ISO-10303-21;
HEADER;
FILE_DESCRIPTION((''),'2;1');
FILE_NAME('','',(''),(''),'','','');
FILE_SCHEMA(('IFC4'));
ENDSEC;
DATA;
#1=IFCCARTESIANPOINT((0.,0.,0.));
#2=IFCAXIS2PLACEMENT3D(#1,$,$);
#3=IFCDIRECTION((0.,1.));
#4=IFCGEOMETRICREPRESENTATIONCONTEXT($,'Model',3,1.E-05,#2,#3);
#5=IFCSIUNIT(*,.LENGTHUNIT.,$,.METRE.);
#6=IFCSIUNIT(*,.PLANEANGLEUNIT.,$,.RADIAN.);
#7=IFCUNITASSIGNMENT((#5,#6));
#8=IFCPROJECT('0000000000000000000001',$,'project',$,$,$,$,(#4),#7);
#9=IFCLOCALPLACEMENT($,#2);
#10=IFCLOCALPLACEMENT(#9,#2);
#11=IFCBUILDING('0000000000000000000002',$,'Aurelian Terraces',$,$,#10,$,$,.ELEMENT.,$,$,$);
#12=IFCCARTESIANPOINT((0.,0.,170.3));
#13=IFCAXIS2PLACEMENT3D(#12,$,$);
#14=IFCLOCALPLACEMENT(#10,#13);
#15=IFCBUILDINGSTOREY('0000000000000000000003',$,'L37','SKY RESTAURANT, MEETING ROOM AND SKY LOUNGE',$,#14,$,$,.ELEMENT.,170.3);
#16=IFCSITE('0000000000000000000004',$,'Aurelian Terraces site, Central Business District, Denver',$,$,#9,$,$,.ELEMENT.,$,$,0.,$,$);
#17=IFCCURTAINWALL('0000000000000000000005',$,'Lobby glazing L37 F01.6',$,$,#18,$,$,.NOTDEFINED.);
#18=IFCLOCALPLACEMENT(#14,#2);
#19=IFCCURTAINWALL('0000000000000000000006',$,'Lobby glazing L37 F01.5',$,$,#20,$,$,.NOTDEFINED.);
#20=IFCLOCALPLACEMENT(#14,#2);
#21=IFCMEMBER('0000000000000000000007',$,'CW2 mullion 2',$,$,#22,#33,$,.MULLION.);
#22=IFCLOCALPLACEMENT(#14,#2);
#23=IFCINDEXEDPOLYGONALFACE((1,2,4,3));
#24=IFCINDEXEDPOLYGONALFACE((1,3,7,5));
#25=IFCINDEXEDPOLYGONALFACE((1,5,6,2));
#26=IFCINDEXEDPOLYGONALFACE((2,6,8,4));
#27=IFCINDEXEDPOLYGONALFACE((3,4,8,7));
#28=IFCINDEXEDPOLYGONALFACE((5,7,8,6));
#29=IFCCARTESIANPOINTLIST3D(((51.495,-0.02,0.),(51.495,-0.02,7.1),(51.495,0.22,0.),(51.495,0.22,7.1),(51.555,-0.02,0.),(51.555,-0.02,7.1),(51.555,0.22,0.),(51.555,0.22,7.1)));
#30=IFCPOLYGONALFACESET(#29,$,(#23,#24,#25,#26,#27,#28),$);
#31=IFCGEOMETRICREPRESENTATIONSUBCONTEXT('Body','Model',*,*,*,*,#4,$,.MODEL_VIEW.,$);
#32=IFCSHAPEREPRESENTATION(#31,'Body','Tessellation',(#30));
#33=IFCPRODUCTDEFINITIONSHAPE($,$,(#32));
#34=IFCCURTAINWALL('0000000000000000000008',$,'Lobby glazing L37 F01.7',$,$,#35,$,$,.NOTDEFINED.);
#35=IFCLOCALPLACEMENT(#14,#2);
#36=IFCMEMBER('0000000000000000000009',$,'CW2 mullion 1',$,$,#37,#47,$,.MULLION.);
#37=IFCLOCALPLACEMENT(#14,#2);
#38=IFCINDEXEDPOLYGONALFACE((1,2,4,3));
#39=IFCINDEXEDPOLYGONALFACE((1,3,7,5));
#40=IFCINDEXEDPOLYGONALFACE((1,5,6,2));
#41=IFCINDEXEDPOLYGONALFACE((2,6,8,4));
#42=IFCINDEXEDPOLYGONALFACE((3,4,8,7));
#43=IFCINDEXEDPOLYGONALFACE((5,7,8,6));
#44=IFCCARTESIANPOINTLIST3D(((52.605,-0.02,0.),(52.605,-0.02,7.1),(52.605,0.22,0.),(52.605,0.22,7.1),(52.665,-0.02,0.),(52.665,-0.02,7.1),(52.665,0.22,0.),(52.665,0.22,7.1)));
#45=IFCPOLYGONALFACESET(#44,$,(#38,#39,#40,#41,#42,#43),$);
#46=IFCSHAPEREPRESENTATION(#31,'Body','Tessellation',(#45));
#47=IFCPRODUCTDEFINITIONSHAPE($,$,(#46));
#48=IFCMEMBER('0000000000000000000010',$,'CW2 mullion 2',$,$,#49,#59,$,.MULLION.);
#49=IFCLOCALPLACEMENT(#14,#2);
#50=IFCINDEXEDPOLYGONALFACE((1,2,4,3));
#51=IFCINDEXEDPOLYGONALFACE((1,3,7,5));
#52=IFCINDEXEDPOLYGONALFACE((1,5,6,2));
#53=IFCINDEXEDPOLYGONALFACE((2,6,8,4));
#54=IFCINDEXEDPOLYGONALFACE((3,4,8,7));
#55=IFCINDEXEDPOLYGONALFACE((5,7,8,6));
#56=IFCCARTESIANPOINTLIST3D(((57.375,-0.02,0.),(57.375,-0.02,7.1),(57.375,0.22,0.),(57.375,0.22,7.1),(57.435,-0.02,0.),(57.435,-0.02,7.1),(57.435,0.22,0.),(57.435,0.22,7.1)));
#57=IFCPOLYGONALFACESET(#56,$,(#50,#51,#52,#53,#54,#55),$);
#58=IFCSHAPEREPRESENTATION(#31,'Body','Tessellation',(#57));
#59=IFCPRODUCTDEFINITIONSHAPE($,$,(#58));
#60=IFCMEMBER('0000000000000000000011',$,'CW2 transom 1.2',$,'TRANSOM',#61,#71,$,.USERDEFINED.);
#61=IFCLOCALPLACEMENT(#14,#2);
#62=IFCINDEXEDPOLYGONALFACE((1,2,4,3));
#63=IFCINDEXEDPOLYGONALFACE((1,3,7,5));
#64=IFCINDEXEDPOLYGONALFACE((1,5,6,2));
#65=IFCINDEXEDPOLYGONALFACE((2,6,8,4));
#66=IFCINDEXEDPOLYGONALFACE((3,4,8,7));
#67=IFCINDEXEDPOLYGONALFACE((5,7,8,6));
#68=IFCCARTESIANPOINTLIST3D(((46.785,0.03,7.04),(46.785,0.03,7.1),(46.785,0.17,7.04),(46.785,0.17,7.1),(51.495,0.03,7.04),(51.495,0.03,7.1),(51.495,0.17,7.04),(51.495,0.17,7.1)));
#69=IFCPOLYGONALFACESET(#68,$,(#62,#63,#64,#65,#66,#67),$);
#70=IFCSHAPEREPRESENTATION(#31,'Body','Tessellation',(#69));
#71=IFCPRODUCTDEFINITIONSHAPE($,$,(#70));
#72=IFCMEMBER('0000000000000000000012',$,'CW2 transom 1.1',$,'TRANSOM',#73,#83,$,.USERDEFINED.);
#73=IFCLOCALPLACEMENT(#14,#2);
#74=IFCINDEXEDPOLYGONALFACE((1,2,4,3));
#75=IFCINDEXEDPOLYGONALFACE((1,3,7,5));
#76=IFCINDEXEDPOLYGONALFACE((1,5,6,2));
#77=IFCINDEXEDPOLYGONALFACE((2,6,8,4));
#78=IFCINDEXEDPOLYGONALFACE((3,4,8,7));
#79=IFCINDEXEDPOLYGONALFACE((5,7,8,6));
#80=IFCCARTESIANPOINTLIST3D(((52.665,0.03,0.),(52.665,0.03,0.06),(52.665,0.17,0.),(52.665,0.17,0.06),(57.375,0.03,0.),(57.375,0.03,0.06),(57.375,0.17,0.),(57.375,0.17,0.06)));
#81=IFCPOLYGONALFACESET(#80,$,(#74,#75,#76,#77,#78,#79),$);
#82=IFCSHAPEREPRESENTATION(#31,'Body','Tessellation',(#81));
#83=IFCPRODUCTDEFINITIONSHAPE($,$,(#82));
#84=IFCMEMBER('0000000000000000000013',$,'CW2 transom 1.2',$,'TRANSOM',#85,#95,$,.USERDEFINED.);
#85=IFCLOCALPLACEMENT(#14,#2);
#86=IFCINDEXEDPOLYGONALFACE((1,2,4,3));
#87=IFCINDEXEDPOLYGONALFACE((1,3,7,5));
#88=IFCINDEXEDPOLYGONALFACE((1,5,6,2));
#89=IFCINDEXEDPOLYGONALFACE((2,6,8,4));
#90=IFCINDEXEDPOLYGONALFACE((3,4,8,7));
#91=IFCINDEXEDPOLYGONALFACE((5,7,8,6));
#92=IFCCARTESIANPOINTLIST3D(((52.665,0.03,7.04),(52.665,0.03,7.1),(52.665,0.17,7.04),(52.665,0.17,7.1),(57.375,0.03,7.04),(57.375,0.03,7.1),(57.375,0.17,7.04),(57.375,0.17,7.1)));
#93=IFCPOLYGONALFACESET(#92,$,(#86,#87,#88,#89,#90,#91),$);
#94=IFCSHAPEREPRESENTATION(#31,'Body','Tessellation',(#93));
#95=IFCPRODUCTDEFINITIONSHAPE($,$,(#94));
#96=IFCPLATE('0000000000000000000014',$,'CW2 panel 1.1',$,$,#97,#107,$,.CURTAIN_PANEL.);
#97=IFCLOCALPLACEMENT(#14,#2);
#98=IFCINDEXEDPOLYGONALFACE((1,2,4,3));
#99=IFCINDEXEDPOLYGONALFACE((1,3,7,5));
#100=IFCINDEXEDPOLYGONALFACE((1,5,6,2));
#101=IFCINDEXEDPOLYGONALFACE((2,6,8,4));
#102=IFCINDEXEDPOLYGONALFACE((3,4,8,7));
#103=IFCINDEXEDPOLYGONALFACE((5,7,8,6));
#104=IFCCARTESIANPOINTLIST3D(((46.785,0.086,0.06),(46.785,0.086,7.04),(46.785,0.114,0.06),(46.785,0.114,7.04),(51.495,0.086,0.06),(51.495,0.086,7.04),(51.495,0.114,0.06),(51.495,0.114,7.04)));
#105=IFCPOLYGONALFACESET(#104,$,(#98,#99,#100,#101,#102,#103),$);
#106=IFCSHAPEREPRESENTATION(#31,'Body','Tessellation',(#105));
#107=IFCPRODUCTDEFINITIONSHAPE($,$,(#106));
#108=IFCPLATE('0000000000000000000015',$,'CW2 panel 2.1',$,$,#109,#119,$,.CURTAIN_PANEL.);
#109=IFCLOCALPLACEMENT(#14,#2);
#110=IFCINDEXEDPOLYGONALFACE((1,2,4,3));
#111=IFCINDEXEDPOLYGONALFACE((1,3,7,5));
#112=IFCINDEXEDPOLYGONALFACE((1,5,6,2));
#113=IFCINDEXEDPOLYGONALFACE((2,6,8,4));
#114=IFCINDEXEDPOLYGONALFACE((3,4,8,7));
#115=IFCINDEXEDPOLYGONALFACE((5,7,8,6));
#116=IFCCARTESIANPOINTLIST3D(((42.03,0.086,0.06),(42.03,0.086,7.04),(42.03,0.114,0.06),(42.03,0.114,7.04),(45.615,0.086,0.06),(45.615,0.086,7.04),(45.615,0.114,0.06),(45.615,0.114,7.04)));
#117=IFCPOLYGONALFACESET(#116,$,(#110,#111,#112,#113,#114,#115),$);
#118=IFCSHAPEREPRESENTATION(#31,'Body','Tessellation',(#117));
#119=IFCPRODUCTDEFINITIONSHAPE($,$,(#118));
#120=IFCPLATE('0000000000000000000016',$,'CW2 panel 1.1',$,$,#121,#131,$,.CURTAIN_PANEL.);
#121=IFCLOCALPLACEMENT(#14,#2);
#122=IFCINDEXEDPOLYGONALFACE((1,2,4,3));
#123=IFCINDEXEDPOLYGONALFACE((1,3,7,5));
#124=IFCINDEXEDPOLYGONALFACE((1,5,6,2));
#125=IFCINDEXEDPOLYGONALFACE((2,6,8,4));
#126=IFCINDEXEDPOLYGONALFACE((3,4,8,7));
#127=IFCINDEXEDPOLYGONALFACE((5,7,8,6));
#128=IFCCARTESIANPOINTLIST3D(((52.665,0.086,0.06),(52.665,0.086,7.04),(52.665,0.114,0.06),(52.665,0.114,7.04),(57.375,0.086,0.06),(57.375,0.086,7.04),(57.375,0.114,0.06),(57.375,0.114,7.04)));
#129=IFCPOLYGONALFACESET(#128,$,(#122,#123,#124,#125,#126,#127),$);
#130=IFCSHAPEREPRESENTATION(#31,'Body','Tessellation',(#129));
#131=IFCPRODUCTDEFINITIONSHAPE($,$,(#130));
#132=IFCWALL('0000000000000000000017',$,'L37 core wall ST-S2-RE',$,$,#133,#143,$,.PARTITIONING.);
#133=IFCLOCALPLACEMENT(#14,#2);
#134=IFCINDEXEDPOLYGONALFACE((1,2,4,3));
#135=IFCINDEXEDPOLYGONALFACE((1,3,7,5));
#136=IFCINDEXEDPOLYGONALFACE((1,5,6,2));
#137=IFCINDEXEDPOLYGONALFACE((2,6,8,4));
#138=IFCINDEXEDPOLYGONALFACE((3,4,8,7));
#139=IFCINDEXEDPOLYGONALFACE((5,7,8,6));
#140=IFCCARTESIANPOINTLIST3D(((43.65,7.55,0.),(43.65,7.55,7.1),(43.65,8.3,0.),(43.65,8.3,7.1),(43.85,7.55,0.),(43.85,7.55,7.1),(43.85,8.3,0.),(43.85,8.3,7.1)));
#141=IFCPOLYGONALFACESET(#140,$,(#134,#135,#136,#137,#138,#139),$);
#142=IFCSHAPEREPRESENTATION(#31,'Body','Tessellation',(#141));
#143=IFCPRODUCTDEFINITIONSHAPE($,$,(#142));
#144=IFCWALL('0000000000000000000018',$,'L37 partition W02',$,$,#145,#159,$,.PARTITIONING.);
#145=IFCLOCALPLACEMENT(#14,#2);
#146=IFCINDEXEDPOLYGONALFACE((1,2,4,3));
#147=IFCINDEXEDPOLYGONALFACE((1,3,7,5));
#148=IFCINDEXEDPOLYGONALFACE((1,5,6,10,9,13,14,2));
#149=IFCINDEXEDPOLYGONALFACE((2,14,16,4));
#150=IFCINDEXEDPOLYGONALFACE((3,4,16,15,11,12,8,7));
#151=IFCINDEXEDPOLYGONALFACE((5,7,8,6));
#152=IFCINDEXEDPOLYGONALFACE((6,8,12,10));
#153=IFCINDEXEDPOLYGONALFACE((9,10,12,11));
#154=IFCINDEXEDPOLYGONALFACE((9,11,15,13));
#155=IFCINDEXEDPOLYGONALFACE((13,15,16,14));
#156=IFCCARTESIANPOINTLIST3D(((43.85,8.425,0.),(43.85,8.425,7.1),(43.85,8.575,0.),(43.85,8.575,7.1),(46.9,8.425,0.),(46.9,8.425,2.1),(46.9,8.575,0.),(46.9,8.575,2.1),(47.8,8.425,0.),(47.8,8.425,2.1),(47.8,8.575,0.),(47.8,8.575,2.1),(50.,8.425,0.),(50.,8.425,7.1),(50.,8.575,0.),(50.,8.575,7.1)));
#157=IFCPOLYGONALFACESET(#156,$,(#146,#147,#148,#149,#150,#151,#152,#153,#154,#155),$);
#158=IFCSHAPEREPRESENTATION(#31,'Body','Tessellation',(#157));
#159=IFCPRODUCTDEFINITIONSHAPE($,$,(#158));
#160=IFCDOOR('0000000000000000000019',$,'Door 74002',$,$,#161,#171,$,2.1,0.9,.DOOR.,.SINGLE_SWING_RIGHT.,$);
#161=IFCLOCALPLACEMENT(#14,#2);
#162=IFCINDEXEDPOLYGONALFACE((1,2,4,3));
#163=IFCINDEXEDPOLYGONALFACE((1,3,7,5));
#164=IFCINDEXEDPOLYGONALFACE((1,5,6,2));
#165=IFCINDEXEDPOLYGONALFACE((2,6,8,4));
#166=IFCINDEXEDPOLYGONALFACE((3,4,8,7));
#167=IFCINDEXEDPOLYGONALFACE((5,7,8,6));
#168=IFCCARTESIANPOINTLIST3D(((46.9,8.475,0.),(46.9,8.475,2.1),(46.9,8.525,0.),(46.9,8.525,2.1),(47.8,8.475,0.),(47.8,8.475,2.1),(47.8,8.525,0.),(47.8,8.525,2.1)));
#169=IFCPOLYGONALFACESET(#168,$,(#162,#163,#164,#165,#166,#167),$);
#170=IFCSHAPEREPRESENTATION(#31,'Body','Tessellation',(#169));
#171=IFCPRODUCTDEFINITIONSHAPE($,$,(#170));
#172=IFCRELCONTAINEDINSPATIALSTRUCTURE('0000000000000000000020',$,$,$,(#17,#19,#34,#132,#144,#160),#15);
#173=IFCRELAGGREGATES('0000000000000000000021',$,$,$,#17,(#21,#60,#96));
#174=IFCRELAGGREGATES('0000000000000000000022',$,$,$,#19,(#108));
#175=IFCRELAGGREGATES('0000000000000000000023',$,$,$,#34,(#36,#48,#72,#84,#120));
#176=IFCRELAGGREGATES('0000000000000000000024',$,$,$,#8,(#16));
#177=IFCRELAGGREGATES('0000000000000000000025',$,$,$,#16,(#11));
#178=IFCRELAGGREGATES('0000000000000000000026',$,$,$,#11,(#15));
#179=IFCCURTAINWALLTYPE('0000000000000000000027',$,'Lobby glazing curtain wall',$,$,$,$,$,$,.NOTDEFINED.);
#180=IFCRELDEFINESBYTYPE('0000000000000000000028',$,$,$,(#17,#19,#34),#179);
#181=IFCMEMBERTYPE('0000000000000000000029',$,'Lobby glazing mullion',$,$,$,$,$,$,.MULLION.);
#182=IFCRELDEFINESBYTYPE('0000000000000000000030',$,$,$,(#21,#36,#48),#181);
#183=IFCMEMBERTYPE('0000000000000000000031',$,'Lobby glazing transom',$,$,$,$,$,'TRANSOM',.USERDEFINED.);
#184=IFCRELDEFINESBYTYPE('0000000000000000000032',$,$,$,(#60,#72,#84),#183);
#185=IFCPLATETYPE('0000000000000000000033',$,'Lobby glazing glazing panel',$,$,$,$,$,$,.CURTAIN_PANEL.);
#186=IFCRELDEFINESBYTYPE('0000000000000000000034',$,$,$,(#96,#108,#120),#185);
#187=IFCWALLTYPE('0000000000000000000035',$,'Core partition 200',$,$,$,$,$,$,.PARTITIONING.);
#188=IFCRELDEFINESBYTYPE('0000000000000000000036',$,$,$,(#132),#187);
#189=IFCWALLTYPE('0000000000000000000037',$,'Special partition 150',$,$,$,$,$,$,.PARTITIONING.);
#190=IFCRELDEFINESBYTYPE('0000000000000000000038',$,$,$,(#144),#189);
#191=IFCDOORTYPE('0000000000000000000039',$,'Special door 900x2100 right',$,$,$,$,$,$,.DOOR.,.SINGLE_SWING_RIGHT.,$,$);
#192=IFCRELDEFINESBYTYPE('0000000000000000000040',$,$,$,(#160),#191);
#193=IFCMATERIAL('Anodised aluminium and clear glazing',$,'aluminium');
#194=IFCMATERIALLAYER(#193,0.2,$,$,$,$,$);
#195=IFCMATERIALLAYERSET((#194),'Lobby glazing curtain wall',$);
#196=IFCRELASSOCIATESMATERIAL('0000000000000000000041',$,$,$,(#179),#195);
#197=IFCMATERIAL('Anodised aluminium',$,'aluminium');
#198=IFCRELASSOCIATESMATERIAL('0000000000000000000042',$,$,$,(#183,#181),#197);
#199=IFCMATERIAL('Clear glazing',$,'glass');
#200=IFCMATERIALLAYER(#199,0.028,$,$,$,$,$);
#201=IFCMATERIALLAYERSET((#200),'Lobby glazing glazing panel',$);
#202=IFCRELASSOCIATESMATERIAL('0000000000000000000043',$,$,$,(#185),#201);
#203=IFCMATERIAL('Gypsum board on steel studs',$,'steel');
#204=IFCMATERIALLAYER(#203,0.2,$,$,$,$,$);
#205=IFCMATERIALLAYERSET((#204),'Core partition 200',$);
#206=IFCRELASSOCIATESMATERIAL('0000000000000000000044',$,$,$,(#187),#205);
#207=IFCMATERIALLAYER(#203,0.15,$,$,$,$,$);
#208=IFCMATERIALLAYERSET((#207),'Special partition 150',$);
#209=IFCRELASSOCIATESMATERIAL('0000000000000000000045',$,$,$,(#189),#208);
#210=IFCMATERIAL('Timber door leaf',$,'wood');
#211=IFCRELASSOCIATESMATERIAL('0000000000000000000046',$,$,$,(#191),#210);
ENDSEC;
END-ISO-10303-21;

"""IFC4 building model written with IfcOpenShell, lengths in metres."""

from ifc_helpers import new_model, si_unit, direction, frame, frame_2d, origin, origin_2d, place, context, subcontext, project, spatial, rectangle, extrude, source, transform, mapped, material, layer, layer_set, material_profile, profile_set, type_object, element, fill, aggregate, save


model = new_model("IFC4")

# Units and contexts
model_context = context("Model", 3, precision=1e-05, world=origin(), true_north=direction((0.0, 1.0)))
body_context = subcontext(model_context, "Body", "Model", "MODEL_VIEW")
ifc_project = project(units=[si_unit("LENGTHUNIT", "METRE"), si_unit("PLANEANGLEUNIT", "RADIAN")], contexts=[model_context])

# Site, building, storey
site_placement = place(None, origin())
site = spatial("IfcSite", under=ifc_project, at=site_placement, Name="Aurelian Terraces site, Central Business District, Denver", CompositionType="ELEMENT", RefElevation=0.0)
building_placement = place(site_placement, origin())
building = spatial("IfcBuilding", under=site, at=building_placement, Name="Aurelian Terraces", CompositionType="ELEMENT")
storey_placement = place(building_placement, frame((0.0, 0.0, 170.3)))
storey = spatial("IfcBuildingStorey", under=building, at=storey_placement, Name="L37", Description="SKY RESTAURANT, MEETING ROOM AND SKY LOUNGE", CompositionType="ELEMENT", Elevation=170.3)

# Curtain wall
ifc_material_1 = material(Name="Anodised aluminium and clear glazing", Category="aluminium")
ifc_layer_1 = layer(ifc_material_1, 0.2)
ifc_layer_set_1 = layer_set([ifc_layer_1], Name="Lobby glazing curtain wall")
curtain_wall_type = type_object("IfcCurtainWallType", Name="Lobby glazing curtain wall", PredefinedType="NOTDEFINED", material=ifc_layer_set_1)
curtain_wall_1_placement = place(storey_placement, origin())
curtain_wall_1 = element("IfcCurtainWall", 1, at=curtain_wall_1_placement, inside=storey, type_object=curtain_wall_type, Name="Lobby glazing L37 F01.6", PredefinedType="NOTDEFINED")
ifc_material_2 = material(Name="Anodised aluminium", Category="aluminium")
ifc_material_profile_1 = material_profile(ifc_material_2, rectangle(XDim=0.14, YDim=0.06, at=origin_2d()))
ifc_profile_set_1 = profile_set([ifc_material_profile_1], Name="Anodised aluminium")
member_type_1 = type_object("IfcMemberType", Name="Lobby glazing transom", ElementType="TRANSOM", PredefinedType="USERDEFINED", material=ifc_profile_set_1)

# Curtain wall
curtain_wall_2_placement = place(storey_placement, origin())
curtain_wall_2 = element("IfcCurtainWall", 2, at=curtain_wall_2_placement, inside=storey, type_object=curtain_wall_type, Name="Lobby glazing L37 F01.5", PredefinedType="NOTDEFINED")
ifc_material_profile_2 = material_profile(ifc_material_2, rectangle(XDim=0.24, YDim=0.06, at=origin_2d()))
ifc_profile_set_2 = profile_set([ifc_material_profile_2], Name="Anodised aluminium")
member_type_2 = type_object("IfcMemberType", Name="Lobby glazing mullion", PredefinedType="MULLION", material=ifc_profile_set_2)
shared_shape_1 = source(origin(), body_context, "Body", "SweptSolid", [
    extrude(rectangle(XDim=0.24, YDim=0.06, at=origin_2d()), origin(), (0.0, 0.0, 1.0), 7.1),
])

# Member
member_1_placement = place(storey_placement, frame((51.525, 0.1, 0.0), z_axis=(0.0, 0.0, 1.0), x_axis=(0.0, 1.0, 0.0)))
member_1 = element("IfcMember", 3, at=member_1_placement, type_object=member_type_2, Name="CW2 mullion 2", PredefinedType="MULLION", context=body_context, shape_type="MappedRepresentation", body=[
    mapped(shared_shape_1, transform((0.0, 0.0, 0.0), scale=1.0)),
])

# Curtain wall, members
curtain_wall_3_placement = place(storey_placement, origin())
curtain_wall_3 = element("IfcCurtainWall", 4, at=curtain_wall_3_placement, inside=storey, type_object=curtain_wall_type, Name="Lobby glazing L37 F01.7", PredefinedType="NOTDEFINED")
member_2_placement = place(storey_placement, frame((52.635, 0.1, 0.0), z_axis=(0.0, 0.0, 1.0), x_axis=(0.0, 1.0, 0.0)))
member_2 = element("IfcMember", 5, at=member_2_placement, type_object=member_type_2, Name="CW2 mullion 1", PredefinedType="MULLION", context=body_context, shape_type="MappedRepresentation", body=[
    mapped(shared_shape_1, transform((0.0, 0.0, 0.0), scale=1.0)),
])
member_3_placement = place(storey_placement, frame((57.405, 0.1, 0.0), z_axis=(0.0, 0.0, 1.0), x_axis=(0.0, 1.0, 0.0)))
member_3 = element("IfcMember", 6, at=member_3_placement, type_object=member_type_2, Name="CW2 mullion 2", PredefinedType="MULLION", context=body_context, shape_type="MappedRepresentation", body=[
    mapped(shared_shape_1, transform((0.0, 0.0, 0.0), scale=1.0)),
])

# Members
shared_shape_2 = source(origin(), body_context, "Body", "SweptSolid", [
    extrude(rectangle(XDim=0.14, YDim=0.06, at=origin_2d()), origin(), (0.0, 0.0, 1.0), 4.71),
])
member_4_placement = place(storey_placement, frame((46.785, 0.1, 7.07), z_axis=(1.0, 0.0, 0.0), x_axis=(0.0, 1.0, 0.0)))
member_4 = element("IfcMember", 7, at=member_4_placement, type_object=member_type_1, Name="CW2 transom 1.2", ObjectType="TRANSOM", PredefinedType="USERDEFINED", context=body_context, shape_type="MappedRepresentation", body=[
    mapped(shared_shape_2, transform((0.0, 0.0, 0.0), scale=1.0)),
])
member_5_placement = place(storey_placement, frame((52.665, 0.1, 0.03), z_axis=(1.0, 0.0, 0.0), x_axis=(0.0, 1.0, 0.0)))
member_5 = element("IfcMember", 8, at=member_5_placement, type_object=member_type_1, Name="CW2 transom 1.1", ObjectType="TRANSOM", PredefinedType="USERDEFINED", context=body_context, shape_type="MappedRepresentation", body=[
    mapped(shared_shape_2, transform((0.0, 0.0, 0.0), scale=1.0)),
])
member_6_placement = place(storey_placement, frame((52.665, 0.1, 7.07), z_axis=(1.0, 0.0, 0.0), x_axis=(0.0, 1.0, 0.0)))
member_6 = element("IfcMember", 9, at=member_6_placement, type_object=member_type_1, Name="CW2 transom 1.2", ObjectType="TRANSOM", PredefinedType="USERDEFINED", context=body_context, shape_type="MappedRepresentation", body=[
    mapped(shared_shape_2, transform((0.0, 0.0, 0.0), scale=1.0)),
])

# Plates
ifc_material_3 = material(Name="Clear glazing", Category="glass")
ifc_layer_2 = layer(ifc_material_3, 0.028)
ifc_layer_set_2 = layer_set([ifc_layer_2], Name="Lobby glazing glazing panel")
plate_type = type_object("IfcPlateType", Name="Lobby glazing glazing panel", PredefinedType="CURTAIN_PANEL", material=ifc_layer_set_2)
plate_1_placement = place(storey_placement, frame((49.14, 0.1, 0.06), z_axis=(0.0, 0.0, 1.0), x_axis=(1.0, 0.0, 0.0)))
plate_1 = element("IfcPlate", 10, at=plate_1_placement, type_object=plate_type, Name="CW2 panel 1.1", PredefinedType="CURTAIN_PANEL", context=body_context, shape_type="SweptSolid", body=[
    extrude(rectangle(XDim=4.71, YDim=0.028, at=origin_2d()), origin(), (0.0, 0.0, 1.0), 6.98),
])
aggregate(curtain_wall_1, [member_1, member_4, plate_1])
shared_shape_3 = source(origin(), body_context, "Body", "SweptSolid", [
    extrude(rectangle(XDim=3.585, YDim=0.028, at=origin_2d()), origin(), (0.0, 0.0, 1.0), 6.98),
])
plate_2_placement = place(storey_placement, frame((43.8225, 0.1, 0.06), z_axis=(0.0, 0.0, 1.0), x_axis=(1.0, 0.0, 0.0)))
plate_2 = element("IfcPlate", 11, at=plate_2_placement, type_object=plate_type, Name="CW2 panel 2.1", PredefinedType="CURTAIN_PANEL", context=body_context, shape_type="MappedRepresentation", body=[
    mapped(shared_shape_3, transform((0.0, 0.0, 0.0), scale=1.0)),
])
aggregate(curtain_wall_2, [plate_2])
shared_shape_4 = source(origin(), body_context, "Body", "SweptSolid", [
    extrude(rectangle(XDim=4.71, YDim=0.028, at=origin_2d()), origin(), (0.0, 0.0, 1.0), 6.98),
])
plate_3_placement = place(storey_placement, frame((55.02, 0.1, 0.06), z_axis=(0.0, 0.0, 1.0), x_axis=(1.0, 0.0, 0.0)))
plate_3 = element("IfcPlate", 12, at=plate_3_placement, type_object=plate_type, Name="CW2 panel 1.1", PredefinedType="CURTAIN_PANEL", context=body_context, shape_type="MappedRepresentation", body=[
    mapped(shared_shape_4, transform((0.0, 0.0, 0.0), scale=1.0)),
])
aggregate(curtain_wall_3, [member_2, member_3, member_5, member_6, plate_3])

# Wall
ifc_material_4 = material(Name="Gypsum board on steel studs", Category="steel")
ifc_layer_3 = layer(ifc_material_4, 0.2)
ifc_layer_set_3 = layer_set([ifc_layer_3], Name="Core partition 200")
wall_type_1 = type_object("IfcWallType", Name="Core partition 200", PredefinedType="PARTITIONING", material=ifc_layer_set_3)
wall_1_placement = place(storey_placement, frame((43.75, 7.55, 0.0), z_axis=(0.0, 0.0, 1.0), x_axis=(0.0, 1.0, 0.0)))
element("IfcWall", 13, at=wall_1_placement, inside=storey, type_object=wall_type_1, Name="L37 core wall ST-S2-RE", PredefinedType="PARTITIONING", context=body_context, shape_type="SweptSolid", body=[
    extrude(rectangle(XDim=0.75, YDim=0.2, at=frame_2d((0.375, 0.0))), origin(), (0.0, 0.0, 1.0), 7.1),
])

# Wall, opening, door
ifc_layer_4 = layer(ifc_material_4, 0.15)
ifc_layer_set_4 = layer_set([ifc_layer_4], Name="Special partition 150")
wall_type_2 = type_object("IfcWallType", Name="Special partition 150", PredefinedType="PARTITIONING", material=ifc_layer_set_4)
wall_2_placement = place(storey_placement, frame((43.85, 8.5, 0.0), z_axis=(0.0, 0.0, 1.0), x_axis=(1.0, 0.0, 0.0)))
wall_2 = element("IfcWall", 14, at=wall_2_placement, inside=storey, type_object=wall_type_2, Name="L37 partition W02", PredefinedType="PARTITIONING", context=body_context, shape_type="SweptSolid", body=[
    extrude(rectangle(XDim=6.15, YDim=0.15, at=frame_2d((3.075, 0.0))), origin(), (0.0, 0.0, 1.0), 7.1),
])
shared_shape_5 = source(origin(), body_context, "Body", "SweptSolid", [
    extrude(rectangle(XDim=0.9, YDim=2.1, at=frame_2d((0.45, 1.05))), frame((0.0, 0.085, 0.0), z_axis=(0.0, -1.0, 0.0), x_axis=(1.0, 0.0, 0.0)), (0.0, 0.0, 1.0), 0.17),
])
opening_placement = place(wall_2_placement, frame((3.05, 0.0, 0.0)))
opening = element("IfcOpeningElement", 15, at=opening_placement, cuts=wall_2, PredefinedType="OPENING", context=body_context, shape_type="MappedRepresentation", body=[
    mapped(shared_shape_5, transform((0.0, 0.0, 0.0), scale=1.0)),
])
ifc_material_5 = material(Name="Timber door leaf", Category="wood")
door_type = type_object("IfcDoorType", Name="Special door 900x2100 right", OperationType="SINGLE_SWING_RIGHT", PredefinedType="DOOR", material=ifc_material_5)
shared_shape_6 = source(origin(), body_context, "Body", "SweptSolid", [
    extrude(rectangle(XDim=0.9, YDim=2.1, at=frame_2d((0.45, 1.05))), frame((0.0, 0.025, 0.0), z_axis=(0.0, -1.0, 0.0), x_axis=(1.0, 0.0, 0.0)), (0.0, 0.0, 1.0), 0.05),
])
door_placement = place(opening_placement, origin())
door = element("IfcDoor", 16, at=door_placement, inside=storey, type_object=door_type, Name="Door 74002", OperationType="SINGLE_SWING_RIGHT", OverallHeight=2.1, OverallWidth=0.9, PredefinedType="DOOR", context=body_context, shape_type="MappedRepresentation", body=[
    mapped(shared_shape_6, transform((0.0, 0.0, 0.0), scale=1.0)),
])
fill(opening, door)

save(model, "model.ifc")
